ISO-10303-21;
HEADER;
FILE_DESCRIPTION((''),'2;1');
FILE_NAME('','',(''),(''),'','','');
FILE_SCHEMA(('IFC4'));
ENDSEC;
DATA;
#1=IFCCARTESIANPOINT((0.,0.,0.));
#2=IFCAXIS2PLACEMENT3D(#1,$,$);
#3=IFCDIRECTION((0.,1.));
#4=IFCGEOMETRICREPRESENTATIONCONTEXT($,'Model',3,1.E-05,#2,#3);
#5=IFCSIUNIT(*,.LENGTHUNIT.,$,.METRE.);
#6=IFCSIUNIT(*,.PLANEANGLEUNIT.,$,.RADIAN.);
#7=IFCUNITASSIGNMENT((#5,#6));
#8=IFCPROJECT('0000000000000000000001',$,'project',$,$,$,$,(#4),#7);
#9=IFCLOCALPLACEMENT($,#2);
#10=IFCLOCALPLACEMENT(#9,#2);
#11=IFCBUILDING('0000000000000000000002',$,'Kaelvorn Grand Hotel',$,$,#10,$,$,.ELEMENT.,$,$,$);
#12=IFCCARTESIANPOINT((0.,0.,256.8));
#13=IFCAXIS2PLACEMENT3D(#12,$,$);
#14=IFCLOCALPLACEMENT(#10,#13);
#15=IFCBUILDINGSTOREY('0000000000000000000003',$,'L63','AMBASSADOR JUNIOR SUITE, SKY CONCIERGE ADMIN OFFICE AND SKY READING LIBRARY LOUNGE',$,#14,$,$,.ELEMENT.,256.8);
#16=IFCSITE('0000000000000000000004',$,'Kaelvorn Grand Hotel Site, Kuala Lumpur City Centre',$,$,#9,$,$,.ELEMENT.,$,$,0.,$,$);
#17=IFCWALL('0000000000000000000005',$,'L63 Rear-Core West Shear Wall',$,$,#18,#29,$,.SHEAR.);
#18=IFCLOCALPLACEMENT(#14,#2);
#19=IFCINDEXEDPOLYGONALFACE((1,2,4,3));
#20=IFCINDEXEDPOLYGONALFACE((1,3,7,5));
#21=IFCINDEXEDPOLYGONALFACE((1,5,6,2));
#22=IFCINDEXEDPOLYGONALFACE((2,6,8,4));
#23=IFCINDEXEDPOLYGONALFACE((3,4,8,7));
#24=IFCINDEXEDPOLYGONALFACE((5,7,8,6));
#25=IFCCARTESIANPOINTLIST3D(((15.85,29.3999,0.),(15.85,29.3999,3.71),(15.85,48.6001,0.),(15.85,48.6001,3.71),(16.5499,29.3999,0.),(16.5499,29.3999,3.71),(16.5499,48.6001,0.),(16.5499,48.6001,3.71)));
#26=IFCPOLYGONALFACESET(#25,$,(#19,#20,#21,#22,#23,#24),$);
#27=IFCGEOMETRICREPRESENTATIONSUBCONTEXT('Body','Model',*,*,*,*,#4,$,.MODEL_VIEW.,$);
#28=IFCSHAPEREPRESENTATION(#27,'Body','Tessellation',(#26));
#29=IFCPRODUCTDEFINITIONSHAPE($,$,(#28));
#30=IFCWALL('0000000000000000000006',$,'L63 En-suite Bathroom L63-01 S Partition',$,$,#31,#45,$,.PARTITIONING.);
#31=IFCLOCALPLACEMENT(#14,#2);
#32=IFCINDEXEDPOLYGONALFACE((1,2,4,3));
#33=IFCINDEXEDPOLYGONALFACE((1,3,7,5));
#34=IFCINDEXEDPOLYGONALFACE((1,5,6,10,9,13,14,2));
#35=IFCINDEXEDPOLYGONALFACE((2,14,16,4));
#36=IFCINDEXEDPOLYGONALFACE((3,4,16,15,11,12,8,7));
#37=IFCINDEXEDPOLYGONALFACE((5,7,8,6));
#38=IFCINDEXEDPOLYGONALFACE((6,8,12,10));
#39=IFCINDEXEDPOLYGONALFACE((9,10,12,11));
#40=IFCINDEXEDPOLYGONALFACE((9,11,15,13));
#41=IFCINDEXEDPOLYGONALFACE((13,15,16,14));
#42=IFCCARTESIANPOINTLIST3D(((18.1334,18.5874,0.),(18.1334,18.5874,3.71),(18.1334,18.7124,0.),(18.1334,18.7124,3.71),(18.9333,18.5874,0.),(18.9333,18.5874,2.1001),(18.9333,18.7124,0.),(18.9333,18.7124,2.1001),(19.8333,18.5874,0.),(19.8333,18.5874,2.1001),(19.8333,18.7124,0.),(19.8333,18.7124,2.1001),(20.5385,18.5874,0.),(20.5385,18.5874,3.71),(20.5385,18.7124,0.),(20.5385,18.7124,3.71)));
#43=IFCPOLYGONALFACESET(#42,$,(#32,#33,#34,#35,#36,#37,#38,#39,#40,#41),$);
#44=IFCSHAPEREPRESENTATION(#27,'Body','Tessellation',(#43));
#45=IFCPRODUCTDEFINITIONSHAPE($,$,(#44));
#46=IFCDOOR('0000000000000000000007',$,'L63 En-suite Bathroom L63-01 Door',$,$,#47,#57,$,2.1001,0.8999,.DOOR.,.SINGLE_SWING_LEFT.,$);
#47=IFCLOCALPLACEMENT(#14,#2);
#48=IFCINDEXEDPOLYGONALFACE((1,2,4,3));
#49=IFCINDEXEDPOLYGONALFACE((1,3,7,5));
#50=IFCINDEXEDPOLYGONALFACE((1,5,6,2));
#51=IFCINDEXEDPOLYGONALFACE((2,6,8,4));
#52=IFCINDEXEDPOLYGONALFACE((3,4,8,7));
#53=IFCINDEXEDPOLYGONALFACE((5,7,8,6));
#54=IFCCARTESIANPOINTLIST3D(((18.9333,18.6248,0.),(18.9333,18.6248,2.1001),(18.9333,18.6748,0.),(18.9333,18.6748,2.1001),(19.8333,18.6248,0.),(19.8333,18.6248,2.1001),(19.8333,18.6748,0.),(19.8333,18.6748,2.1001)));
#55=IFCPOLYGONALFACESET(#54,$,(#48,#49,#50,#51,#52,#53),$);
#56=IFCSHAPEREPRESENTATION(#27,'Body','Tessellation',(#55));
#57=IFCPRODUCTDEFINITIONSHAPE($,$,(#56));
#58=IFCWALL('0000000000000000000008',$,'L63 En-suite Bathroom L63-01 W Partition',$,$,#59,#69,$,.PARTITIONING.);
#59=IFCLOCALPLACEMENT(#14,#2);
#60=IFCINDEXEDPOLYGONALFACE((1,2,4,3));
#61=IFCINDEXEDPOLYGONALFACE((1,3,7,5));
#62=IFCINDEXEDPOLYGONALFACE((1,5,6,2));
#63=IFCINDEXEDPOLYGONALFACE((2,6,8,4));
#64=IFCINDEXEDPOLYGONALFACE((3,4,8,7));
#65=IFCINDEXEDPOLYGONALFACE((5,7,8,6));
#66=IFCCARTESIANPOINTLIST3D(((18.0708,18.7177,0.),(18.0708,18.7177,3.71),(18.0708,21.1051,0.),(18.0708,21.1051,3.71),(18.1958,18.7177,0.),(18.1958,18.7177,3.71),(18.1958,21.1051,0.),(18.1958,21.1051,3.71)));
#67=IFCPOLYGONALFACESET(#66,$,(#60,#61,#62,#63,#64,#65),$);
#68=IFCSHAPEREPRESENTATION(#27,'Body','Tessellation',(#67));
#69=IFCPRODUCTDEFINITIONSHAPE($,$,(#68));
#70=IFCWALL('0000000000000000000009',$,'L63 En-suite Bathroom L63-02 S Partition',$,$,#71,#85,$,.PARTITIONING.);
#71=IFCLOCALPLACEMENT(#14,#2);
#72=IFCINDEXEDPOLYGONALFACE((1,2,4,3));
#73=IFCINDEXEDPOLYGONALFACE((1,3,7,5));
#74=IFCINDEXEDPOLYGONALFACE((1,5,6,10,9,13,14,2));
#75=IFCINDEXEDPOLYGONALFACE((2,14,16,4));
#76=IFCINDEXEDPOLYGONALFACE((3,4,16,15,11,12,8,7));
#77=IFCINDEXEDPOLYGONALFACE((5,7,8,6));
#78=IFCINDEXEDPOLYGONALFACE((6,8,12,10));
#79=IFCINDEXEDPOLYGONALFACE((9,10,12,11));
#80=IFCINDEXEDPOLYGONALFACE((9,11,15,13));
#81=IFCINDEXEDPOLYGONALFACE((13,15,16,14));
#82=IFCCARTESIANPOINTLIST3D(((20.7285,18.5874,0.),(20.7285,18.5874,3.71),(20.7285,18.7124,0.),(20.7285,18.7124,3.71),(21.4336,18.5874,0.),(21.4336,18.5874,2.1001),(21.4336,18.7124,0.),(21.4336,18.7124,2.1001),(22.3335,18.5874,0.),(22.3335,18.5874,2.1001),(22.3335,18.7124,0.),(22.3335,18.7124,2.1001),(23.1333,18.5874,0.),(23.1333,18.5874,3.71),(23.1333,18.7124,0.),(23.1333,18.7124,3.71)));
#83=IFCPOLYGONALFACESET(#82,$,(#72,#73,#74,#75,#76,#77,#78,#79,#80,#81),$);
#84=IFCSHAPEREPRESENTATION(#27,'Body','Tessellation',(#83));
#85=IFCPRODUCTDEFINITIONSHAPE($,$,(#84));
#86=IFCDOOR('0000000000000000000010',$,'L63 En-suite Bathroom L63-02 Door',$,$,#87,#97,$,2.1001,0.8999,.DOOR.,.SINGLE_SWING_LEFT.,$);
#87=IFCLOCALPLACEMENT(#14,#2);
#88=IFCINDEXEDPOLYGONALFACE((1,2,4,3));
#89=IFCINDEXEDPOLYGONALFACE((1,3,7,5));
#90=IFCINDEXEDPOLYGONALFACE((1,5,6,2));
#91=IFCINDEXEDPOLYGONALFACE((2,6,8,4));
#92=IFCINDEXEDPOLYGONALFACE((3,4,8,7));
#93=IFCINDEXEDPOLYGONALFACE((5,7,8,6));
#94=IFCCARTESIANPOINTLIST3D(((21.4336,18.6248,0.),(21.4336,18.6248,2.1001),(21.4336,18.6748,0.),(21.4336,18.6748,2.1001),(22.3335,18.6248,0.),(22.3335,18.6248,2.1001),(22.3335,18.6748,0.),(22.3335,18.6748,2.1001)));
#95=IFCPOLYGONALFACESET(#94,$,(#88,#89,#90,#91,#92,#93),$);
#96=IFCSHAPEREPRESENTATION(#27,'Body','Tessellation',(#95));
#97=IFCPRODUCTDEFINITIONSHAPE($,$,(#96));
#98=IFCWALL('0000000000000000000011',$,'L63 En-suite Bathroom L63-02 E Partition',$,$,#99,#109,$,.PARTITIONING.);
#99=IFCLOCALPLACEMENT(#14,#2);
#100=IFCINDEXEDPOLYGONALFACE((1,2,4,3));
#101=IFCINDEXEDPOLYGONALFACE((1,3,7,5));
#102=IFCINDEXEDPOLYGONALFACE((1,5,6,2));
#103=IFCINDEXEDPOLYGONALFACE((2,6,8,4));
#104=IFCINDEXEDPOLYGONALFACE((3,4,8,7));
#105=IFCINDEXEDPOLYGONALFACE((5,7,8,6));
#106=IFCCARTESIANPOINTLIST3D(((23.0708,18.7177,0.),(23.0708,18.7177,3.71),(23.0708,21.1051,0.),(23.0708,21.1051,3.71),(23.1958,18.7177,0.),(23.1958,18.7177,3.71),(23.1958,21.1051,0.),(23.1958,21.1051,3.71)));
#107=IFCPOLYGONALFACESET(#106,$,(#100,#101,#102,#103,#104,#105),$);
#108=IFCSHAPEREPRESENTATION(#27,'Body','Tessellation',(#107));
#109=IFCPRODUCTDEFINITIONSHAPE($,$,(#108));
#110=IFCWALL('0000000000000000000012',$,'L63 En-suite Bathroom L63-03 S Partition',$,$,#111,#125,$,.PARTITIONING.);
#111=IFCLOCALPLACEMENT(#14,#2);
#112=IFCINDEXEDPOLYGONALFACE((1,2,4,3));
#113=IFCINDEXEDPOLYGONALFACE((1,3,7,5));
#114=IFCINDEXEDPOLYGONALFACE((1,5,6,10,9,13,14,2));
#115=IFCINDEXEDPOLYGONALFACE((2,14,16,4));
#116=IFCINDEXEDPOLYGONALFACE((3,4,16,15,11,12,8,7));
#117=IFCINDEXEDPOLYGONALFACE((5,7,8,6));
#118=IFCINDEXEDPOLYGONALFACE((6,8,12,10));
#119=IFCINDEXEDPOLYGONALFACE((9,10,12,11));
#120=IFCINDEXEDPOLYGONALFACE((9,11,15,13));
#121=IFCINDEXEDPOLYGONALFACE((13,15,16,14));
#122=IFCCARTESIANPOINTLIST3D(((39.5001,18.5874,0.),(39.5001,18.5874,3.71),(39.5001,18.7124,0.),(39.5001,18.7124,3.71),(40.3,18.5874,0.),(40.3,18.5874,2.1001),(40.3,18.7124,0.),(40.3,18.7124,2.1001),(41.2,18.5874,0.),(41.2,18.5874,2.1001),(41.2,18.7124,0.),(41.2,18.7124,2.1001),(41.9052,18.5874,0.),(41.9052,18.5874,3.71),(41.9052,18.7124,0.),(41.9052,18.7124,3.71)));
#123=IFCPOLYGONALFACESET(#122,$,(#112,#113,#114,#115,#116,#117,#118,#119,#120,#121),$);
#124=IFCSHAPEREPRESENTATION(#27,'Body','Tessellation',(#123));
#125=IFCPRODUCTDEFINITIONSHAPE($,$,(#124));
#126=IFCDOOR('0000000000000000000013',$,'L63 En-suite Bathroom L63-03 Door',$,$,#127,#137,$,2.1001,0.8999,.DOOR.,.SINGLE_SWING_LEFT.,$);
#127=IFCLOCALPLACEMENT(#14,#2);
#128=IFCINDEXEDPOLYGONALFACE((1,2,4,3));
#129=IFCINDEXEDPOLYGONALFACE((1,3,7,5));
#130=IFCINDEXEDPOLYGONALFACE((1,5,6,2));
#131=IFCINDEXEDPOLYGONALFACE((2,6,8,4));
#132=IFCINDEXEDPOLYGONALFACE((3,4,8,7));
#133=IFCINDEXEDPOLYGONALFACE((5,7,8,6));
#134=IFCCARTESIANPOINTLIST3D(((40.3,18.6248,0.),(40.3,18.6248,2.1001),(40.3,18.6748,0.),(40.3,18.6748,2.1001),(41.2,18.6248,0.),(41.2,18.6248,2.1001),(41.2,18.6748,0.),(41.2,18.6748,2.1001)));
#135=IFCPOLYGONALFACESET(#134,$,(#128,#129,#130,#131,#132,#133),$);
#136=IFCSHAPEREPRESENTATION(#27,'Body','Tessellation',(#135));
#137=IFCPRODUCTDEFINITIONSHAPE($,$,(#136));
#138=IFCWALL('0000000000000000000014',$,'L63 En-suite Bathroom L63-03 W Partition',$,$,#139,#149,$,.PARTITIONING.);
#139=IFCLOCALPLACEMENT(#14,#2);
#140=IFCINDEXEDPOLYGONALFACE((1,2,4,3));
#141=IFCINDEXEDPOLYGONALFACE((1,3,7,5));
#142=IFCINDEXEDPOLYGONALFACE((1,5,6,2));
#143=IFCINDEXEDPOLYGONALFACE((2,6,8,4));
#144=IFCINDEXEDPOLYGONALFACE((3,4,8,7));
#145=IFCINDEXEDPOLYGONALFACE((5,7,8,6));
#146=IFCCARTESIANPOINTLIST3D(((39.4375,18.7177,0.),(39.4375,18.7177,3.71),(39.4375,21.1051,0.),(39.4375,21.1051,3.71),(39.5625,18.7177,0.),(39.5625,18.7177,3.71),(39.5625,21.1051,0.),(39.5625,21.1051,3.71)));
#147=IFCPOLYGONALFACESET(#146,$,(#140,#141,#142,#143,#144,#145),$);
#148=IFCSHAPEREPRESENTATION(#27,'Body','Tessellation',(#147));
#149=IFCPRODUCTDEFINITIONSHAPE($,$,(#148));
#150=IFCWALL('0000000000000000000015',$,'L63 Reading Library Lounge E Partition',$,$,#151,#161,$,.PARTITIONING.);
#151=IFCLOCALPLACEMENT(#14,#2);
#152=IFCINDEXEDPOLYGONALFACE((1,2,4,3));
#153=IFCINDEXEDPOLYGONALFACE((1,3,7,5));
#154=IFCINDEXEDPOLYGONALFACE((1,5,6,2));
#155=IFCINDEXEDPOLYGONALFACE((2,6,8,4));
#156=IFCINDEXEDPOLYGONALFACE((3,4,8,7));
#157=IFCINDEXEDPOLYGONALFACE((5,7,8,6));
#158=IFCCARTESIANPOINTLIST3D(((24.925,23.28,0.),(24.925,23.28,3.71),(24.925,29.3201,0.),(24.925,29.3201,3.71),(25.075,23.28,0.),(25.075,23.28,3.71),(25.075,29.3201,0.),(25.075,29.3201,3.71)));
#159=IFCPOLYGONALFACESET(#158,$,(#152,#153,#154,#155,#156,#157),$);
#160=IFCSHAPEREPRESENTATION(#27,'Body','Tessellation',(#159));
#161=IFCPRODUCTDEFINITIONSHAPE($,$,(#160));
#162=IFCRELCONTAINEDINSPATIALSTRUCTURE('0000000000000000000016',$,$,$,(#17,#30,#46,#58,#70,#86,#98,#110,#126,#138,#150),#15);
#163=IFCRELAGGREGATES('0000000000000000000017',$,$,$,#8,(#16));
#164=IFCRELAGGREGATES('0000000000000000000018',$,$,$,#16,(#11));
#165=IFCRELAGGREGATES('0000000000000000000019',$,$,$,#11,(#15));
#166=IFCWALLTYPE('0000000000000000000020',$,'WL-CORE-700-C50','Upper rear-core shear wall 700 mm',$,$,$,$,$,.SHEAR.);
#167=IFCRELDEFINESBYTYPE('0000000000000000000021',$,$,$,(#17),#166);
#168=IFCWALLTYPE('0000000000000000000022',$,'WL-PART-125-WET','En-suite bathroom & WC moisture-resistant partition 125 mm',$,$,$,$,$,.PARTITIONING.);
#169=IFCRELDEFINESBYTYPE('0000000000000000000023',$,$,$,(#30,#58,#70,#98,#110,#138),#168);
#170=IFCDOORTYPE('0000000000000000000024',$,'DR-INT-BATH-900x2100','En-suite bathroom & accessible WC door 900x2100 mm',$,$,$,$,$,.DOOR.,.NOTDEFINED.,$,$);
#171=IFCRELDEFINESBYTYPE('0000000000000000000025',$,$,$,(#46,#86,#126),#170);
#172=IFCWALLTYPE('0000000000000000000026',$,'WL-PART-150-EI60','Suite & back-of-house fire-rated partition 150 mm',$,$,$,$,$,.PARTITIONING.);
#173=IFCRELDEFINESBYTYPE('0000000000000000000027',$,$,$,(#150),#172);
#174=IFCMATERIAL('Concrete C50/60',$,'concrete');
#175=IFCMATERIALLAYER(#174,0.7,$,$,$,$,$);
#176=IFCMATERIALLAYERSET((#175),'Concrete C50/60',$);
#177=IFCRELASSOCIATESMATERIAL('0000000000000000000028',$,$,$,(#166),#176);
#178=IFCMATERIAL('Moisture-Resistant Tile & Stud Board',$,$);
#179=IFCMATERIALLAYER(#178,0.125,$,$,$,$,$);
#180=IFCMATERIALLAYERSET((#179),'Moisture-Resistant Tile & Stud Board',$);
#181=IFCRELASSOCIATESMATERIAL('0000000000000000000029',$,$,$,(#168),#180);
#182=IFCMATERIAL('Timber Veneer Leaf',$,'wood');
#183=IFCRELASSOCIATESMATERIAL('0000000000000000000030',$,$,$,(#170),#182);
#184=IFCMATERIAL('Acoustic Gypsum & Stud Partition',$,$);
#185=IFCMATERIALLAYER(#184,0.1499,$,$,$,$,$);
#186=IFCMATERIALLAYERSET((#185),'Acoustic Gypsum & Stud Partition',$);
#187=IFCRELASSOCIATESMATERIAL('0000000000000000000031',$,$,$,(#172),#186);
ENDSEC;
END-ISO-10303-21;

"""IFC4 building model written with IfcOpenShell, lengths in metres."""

from ifc_helpers import new_model, si_unit, direction, frame, frame_2d, origin, place, context, subcontext, project, spatial, rectangle, extrude, material, layer, layer_set, type_object, element, fill, save


model = new_model("IFC4")

# Units and contexts
model_context = context("Model", 3, precision=1e-05, world=origin(), true_north=direction((0.0, 1.0)))
body_context = subcontext(model_context, "Body", "Model", "MODEL_VIEW")
ifc_project = project(units=[si_unit("LENGTHUNIT", "METRE"), si_unit("PLANEANGLEUNIT", "RADIAN")], contexts=[model_context])

# Site, building, storey
site_placement = place(None, origin())
site = spatial("IfcSite", under=ifc_project, at=site_placement, Name="Kaelvorn Grand Hotel Site, Kuala Lumpur City Centre", CompositionType="ELEMENT", RefElevation=0.0)
building_placement = place(site_placement, origin())
building = spatial("IfcBuilding", under=site, at=building_placement, Name="Kaelvorn Grand Hotel", CompositionType="ELEMENT")
storey_placement = place(building_placement, frame((0.0, 0.0, 256.8)))
storey = spatial("IfcBuildingStorey", under=building, at=storey_placement, Name="L63", Description="AMBASSADOR JUNIOR SUITE, SKY CONCIERGE ADMIN OFFICE AND SKY READING LIBRARY LOUNGE", CompositionType="ELEMENT", Elevation=256.8)

# Shared definitions
ifc_material_1 = material(Name="Concrete C50/60", Category="concrete")

# Wall
ifc_layer_1 = layer(ifc_material_1, 0.7)
ifc_layer_set_1 = layer_set([ifc_layer_1], Name="Concrete C50/60")
wall_type_1 = type_object("IfcWallType", Name="WL-CORE-700-C50", Description="Upper rear-core shear wall 700 mm", PredefinedType="SHEAR", material=ifc_layer_set_1)
wall_1_placement = place(storey_placement, frame((16.2, 29.3999, 0.0), z_axis=(0.0, 0.0, 1.0), x_axis=(0.0, 1.0, 0.0)))
element("IfcWall", 1, at=wall_1_placement, inside=storey, type_object=wall_type_1, Name="L63 Rear-Core West Shear Wall", PredefinedType="SHEAR", context=body_context, shape_type="SweptSolid", body=[
    extrude(rectangle(XDim=19.2002, YDim=0.7, at=frame_2d((9.6001, 0.0))), origin(), (0.0, 0.0, 1.0), 3.71),
])

# Wall, opening, door
ifc_material_2 = material(Name="Moisture-Resistant Tile & Stud Board")
ifc_layer_2 = layer(ifc_material_2, 0.125)
ifc_layer_set_2 = layer_set([ifc_layer_2], Name="Moisture-Resistant Tile & Stud Board")
wall_type_2 = type_object("IfcWallType", Name="WL-PART-125-WET", Description="En-suite bathroom & WC moisture-resistant partition 125 mm", PredefinedType="PARTITIONING", material=ifc_layer_set_2)
wall_2_placement = place(storey_placement, frame((18.1333, 18.6499, 0.0), z_axis=(0.0, 0.0, 1.0), x_axis=(1.0, 0.0, 0.0)))
wall_2 = element("IfcWall", 2, at=wall_2_placement, inside=storey, type_object=wall_type_2, Name="L63 En-suite Bathroom L63-01 S Partition", PredefinedType="PARTITIONING", context=body_context, shape_type="SweptSolid", body=[
    extrude(rectangle(XDim=2.405, YDim=0.125, at=frame_2d((1.2026, 0.0))), origin(), (0.0, 0.0, 1.0), 3.71),
])
opening_1_placement = place(wall_2_placement, frame((0.8, 0.0, 0.0)))
opening_1 = element("IfcOpeningElement", 3, at=opening_1_placement, cuts=wall_2, PredefinedType="OPENING", context=body_context, shape_type="SweptSolid", body=[
    extrude(rectangle(XDim=0.8999, YDim=2.1001, at=frame_2d((0.45, 1.05))), frame((0.0, 0.0725, 0.0), z_axis=(0.0, -1.0, 0.0), x_axis=(1.0, 0.0, 0.0)), (0.0, 0.0, 1.0), 0.145),
])
ifc_material_3 = material(Name="Timber Veneer Leaf", Category="wood")
door_type_1 = type_object("IfcDoorType", Name="DR-INT-BATH-900x2100", Description="En-suite bathroom & accessible WC door 900x2100 mm", OperationType="NOTDEFINED", PredefinedType="DOOR", material=ifc_material_3)
door_1_placement = place(opening_1_placement, origin())
door_1 = element("IfcDoor", 4, at=door_1_placement, inside=storey, type_object=door_type_1, Name="L63 En-suite Bathroom L63-01 Door", OperationType="SINGLE_SWING_LEFT", OverallHeight=2.1001, OverallWidth=0.8999, PredefinedType="DOOR", context=body_context, shape_type="SweptSolid", body=[
    extrude(rectangle(XDim=0.8999, YDim=2.1001, at=frame_2d((0.45, 1.05))), frame((0.0, 0.0249, 0.0), z_axis=(0.0, -1.0, 0.0), x_axis=(1.0, 0.0, 0.0)), (0.0, 0.0, 1.0), 0.05),
])
fill(opening_1, door_1)

# Wall
wall_3_placement = place(storey_placement, frame((18.1333, 18.7175, 0.0), z_axis=(0.0, 0.0, 1.0), x_axis=(0.0, 1.0, 0.0)))
element("IfcWall", 5, at=wall_3_placement, inside=storey, type_object=wall_type_2, Name="L63 En-suite Bathroom L63-01 W Partition", PredefinedType="PARTITIONING", context=body_context, shape_type="SweptSolid", body=[
    extrude(rectangle(XDim=2.3875, YDim=0.125, at=frame_2d((1.1938, 0.0))), origin(), (0.0, 0.0, 1.0), 3.71),
])

# Wall, opening, door
wall_4_placement = place(storey_placement, frame((20.7285, 18.6499, 0.0), z_axis=(0.0, 0.0, 1.0), x_axis=(1.0, 0.0, 0.0)))
wall_4 = element("IfcWall", 6, at=wall_4_placement, inside=storey, type_object=wall_type_2, Name="L63 En-suite Bathroom L63-02 S Partition", PredefinedType="PARTITIONING", context=body_context, shape_type="SweptSolid", body=[
    extrude(rectangle(XDim=2.4048, YDim=0.125, at=frame_2d((1.2024, 0.0))), origin(), (0.0, 0.0, 1.0), 3.71),
])
opening_2_placement = place(wall_4_placement, frame((0.7051, 0.0, 0.0)))
opening_2 = element("IfcOpeningElement", 7, at=opening_2_placement, cuts=wall_4, PredefinedType="OPENING", context=body_context, shape_type="SweptSolid", body=[
    extrude(rectangle(XDim=0.8999, YDim=2.1001, at=frame_2d((0.45, 1.05))), frame((0.0, 0.0725, 0.0), z_axis=(0.0, -1.0, 0.0), x_axis=(1.0, 0.0, 0.0)), (0.0, 0.0, 1.0), 0.145),
])
door_2_placement = place(opening_2_placement, origin())
door_2 = element("IfcDoor", 8, at=door_2_placement, inside=storey, type_object=door_type_1, Name="L63 En-suite Bathroom L63-02 Door", OperationType="SINGLE_SWING_LEFT", OverallHeight=2.1001, OverallWidth=0.8999, PredefinedType="DOOR", context=body_context, shape_type="SweptSolid", body=[
    extrude(rectangle(XDim=0.8999, YDim=2.1001, at=frame_2d((0.45, 1.05))), frame((0.0, 0.0249, 0.0), z_axis=(0.0, -1.0, 0.0), x_axis=(1.0, 0.0, 0.0)), (0.0, 0.0, 1.0), 0.05),
])
fill(opening_2, door_2)

# Wall
wall_5_placement = place(storey_placement, frame((23.1333, 18.7175, 0.0), z_axis=(0.0, 0.0, 1.0), x_axis=(0.0, 1.0, 0.0)))
element("IfcWall", 9, at=wall_5_placement, inside=storey, type_object=wall_type_2, Name="L63 En-suite Bathroom L63-02 E Partition", PredefinedType="PARTITIONING", context=body_context, shape_type="SweptSolid", body=[
    extrude(rectangle(XDim=2.3875, YDim=0.125, at=frame_2d((1.1938, 0.0))), origin(), (0.0, 0.0, 1.0), 3.71),
])

# Wall, opening, door
wall_6_placement = place(storey_placement, frame((39.5, 18.6499, 0.0), z_axis=(0.0, 0.0, 1.0), x_axis=(1.0, 0.0, 0.0)))
wall_6 = element("IfcWall", 10, at=wall_6_placement, inside=storey, type_object=wall_type_2, Name="L63 En-suite Bathroom L63-03 S Partition", PredefinedType="PARTITIONING", context=body_context, shape_type="SweptSolid", body=[
    extrude(rectangle(XDim=2.405, YDim=0.125, at=frame_2d((1.2026, 0.0))), origin(), (0.0, 0.0, 1.0), 3.71),
])
opening_3_placement = place(wall_6_placement, frame((0.8, 0.0, 0.0)))
opening_3 = element("IfcOpeningElement", 11, at=opening_3_placement, cuts=wall_6, PredefinedType="OPENING", context=body_context, shape_type="SweptSolid", body=[
    extrude(rectangle(XDim=0.8999, YDim=2.1001, at=frame_2d((0.45, 1.05))), frame((0.0, 0.0725, 0.0), z_axis=(0.0, -1.0, 0.0), x_axis=(1.0, 0.0, 0.0)), (0.0, 0.0, 1.0), 0.145),
])
door_3_placement = place(opening_3_placement, origin())
door_3 = element("IfcDoor", 12, at=door_3_placement, inside=storey, type_object=door_type_1, Name="L63 En-suite Bathroom L63-03 Door", OperationType="SINGLE_SWING_LEFT", OverallHeight=2.1001, OverallWidth=0.8999, PredefinedType="DOOR", context=body_context, shape_type="SweptSolid", body=[
    extrude(rectangle(XDim=0.8999, YDim=2.1001, at=frame_2d((0.45, 1.05))), frame((0.0, 0.0249, 0.0), z_axis=(0.0, -1.0, 0.0), x_axis=(1.0, 0.0, 0.0)), (0.0, 0.0, 1.0), 0.05),
])
fill(opening_3, door_3)

# Walls
wall_7_placement = place(storey_placement, frame((39.5, 18.7175, 0.0), z_axis=(0.0, 0.0, 1.0), x_axis=(0.0, 1.0, 0.0)))
element("IfcWall", 13, at=wall_7_placement, inside=storey, type_object=wall_type_2, Name="L63 En-suite Bathroom L63-03 W Partition", PredefinedType="PARTITIONING", context=body_context, shape_type="SweptSolid", body=[
    extrude(rectangle(XDim=2.3875, YDim=0.125, at=frame_2d((1.1938, 0.0))), origin(), (0.0, 0.0, 1.0), 3.71),
])
ifc_material_4 = material(Name="Acoustic Gypsum & Stud Partition")
ifc_layer_3 = layer(ifc_material_4, 0.1499)
ifc_layer_set_3 = layer_set([ifc_layer_3], Name="Acoustic Gypsum & Stud Partition")
wall_type_3 = type_object("IfcWallType", Name="WL-PART-150-EI60", Description="Suite & back-of-house fire-rated partition 150 mm", PredefinedType="PARTITIONING", material=ifc_layer_set_3)
wall_8_placement = place(storey_placement, frame((25.0, 23.28, 0.0), z_axis=(0.0, 0.0, 1.0), x_axis=(0.0, 1.0, 0.0)))
element("IfcWall", 14, at=wall_8_placement, inside=storey, type_object=wall_type_3, Name="L63 Reading Library Lounge E Partition", PredefinedType="PARTITIONING", context=body_context, shape_type="SweptSolid", body=[
    extrude(rectangle(XDim=6.04, YDim=0.1499, at=frame_2d((3.02, 0.0))), origin(), (0.0, 0.0, 1.0), 3.71),
])

save(model, "model.ifc")
